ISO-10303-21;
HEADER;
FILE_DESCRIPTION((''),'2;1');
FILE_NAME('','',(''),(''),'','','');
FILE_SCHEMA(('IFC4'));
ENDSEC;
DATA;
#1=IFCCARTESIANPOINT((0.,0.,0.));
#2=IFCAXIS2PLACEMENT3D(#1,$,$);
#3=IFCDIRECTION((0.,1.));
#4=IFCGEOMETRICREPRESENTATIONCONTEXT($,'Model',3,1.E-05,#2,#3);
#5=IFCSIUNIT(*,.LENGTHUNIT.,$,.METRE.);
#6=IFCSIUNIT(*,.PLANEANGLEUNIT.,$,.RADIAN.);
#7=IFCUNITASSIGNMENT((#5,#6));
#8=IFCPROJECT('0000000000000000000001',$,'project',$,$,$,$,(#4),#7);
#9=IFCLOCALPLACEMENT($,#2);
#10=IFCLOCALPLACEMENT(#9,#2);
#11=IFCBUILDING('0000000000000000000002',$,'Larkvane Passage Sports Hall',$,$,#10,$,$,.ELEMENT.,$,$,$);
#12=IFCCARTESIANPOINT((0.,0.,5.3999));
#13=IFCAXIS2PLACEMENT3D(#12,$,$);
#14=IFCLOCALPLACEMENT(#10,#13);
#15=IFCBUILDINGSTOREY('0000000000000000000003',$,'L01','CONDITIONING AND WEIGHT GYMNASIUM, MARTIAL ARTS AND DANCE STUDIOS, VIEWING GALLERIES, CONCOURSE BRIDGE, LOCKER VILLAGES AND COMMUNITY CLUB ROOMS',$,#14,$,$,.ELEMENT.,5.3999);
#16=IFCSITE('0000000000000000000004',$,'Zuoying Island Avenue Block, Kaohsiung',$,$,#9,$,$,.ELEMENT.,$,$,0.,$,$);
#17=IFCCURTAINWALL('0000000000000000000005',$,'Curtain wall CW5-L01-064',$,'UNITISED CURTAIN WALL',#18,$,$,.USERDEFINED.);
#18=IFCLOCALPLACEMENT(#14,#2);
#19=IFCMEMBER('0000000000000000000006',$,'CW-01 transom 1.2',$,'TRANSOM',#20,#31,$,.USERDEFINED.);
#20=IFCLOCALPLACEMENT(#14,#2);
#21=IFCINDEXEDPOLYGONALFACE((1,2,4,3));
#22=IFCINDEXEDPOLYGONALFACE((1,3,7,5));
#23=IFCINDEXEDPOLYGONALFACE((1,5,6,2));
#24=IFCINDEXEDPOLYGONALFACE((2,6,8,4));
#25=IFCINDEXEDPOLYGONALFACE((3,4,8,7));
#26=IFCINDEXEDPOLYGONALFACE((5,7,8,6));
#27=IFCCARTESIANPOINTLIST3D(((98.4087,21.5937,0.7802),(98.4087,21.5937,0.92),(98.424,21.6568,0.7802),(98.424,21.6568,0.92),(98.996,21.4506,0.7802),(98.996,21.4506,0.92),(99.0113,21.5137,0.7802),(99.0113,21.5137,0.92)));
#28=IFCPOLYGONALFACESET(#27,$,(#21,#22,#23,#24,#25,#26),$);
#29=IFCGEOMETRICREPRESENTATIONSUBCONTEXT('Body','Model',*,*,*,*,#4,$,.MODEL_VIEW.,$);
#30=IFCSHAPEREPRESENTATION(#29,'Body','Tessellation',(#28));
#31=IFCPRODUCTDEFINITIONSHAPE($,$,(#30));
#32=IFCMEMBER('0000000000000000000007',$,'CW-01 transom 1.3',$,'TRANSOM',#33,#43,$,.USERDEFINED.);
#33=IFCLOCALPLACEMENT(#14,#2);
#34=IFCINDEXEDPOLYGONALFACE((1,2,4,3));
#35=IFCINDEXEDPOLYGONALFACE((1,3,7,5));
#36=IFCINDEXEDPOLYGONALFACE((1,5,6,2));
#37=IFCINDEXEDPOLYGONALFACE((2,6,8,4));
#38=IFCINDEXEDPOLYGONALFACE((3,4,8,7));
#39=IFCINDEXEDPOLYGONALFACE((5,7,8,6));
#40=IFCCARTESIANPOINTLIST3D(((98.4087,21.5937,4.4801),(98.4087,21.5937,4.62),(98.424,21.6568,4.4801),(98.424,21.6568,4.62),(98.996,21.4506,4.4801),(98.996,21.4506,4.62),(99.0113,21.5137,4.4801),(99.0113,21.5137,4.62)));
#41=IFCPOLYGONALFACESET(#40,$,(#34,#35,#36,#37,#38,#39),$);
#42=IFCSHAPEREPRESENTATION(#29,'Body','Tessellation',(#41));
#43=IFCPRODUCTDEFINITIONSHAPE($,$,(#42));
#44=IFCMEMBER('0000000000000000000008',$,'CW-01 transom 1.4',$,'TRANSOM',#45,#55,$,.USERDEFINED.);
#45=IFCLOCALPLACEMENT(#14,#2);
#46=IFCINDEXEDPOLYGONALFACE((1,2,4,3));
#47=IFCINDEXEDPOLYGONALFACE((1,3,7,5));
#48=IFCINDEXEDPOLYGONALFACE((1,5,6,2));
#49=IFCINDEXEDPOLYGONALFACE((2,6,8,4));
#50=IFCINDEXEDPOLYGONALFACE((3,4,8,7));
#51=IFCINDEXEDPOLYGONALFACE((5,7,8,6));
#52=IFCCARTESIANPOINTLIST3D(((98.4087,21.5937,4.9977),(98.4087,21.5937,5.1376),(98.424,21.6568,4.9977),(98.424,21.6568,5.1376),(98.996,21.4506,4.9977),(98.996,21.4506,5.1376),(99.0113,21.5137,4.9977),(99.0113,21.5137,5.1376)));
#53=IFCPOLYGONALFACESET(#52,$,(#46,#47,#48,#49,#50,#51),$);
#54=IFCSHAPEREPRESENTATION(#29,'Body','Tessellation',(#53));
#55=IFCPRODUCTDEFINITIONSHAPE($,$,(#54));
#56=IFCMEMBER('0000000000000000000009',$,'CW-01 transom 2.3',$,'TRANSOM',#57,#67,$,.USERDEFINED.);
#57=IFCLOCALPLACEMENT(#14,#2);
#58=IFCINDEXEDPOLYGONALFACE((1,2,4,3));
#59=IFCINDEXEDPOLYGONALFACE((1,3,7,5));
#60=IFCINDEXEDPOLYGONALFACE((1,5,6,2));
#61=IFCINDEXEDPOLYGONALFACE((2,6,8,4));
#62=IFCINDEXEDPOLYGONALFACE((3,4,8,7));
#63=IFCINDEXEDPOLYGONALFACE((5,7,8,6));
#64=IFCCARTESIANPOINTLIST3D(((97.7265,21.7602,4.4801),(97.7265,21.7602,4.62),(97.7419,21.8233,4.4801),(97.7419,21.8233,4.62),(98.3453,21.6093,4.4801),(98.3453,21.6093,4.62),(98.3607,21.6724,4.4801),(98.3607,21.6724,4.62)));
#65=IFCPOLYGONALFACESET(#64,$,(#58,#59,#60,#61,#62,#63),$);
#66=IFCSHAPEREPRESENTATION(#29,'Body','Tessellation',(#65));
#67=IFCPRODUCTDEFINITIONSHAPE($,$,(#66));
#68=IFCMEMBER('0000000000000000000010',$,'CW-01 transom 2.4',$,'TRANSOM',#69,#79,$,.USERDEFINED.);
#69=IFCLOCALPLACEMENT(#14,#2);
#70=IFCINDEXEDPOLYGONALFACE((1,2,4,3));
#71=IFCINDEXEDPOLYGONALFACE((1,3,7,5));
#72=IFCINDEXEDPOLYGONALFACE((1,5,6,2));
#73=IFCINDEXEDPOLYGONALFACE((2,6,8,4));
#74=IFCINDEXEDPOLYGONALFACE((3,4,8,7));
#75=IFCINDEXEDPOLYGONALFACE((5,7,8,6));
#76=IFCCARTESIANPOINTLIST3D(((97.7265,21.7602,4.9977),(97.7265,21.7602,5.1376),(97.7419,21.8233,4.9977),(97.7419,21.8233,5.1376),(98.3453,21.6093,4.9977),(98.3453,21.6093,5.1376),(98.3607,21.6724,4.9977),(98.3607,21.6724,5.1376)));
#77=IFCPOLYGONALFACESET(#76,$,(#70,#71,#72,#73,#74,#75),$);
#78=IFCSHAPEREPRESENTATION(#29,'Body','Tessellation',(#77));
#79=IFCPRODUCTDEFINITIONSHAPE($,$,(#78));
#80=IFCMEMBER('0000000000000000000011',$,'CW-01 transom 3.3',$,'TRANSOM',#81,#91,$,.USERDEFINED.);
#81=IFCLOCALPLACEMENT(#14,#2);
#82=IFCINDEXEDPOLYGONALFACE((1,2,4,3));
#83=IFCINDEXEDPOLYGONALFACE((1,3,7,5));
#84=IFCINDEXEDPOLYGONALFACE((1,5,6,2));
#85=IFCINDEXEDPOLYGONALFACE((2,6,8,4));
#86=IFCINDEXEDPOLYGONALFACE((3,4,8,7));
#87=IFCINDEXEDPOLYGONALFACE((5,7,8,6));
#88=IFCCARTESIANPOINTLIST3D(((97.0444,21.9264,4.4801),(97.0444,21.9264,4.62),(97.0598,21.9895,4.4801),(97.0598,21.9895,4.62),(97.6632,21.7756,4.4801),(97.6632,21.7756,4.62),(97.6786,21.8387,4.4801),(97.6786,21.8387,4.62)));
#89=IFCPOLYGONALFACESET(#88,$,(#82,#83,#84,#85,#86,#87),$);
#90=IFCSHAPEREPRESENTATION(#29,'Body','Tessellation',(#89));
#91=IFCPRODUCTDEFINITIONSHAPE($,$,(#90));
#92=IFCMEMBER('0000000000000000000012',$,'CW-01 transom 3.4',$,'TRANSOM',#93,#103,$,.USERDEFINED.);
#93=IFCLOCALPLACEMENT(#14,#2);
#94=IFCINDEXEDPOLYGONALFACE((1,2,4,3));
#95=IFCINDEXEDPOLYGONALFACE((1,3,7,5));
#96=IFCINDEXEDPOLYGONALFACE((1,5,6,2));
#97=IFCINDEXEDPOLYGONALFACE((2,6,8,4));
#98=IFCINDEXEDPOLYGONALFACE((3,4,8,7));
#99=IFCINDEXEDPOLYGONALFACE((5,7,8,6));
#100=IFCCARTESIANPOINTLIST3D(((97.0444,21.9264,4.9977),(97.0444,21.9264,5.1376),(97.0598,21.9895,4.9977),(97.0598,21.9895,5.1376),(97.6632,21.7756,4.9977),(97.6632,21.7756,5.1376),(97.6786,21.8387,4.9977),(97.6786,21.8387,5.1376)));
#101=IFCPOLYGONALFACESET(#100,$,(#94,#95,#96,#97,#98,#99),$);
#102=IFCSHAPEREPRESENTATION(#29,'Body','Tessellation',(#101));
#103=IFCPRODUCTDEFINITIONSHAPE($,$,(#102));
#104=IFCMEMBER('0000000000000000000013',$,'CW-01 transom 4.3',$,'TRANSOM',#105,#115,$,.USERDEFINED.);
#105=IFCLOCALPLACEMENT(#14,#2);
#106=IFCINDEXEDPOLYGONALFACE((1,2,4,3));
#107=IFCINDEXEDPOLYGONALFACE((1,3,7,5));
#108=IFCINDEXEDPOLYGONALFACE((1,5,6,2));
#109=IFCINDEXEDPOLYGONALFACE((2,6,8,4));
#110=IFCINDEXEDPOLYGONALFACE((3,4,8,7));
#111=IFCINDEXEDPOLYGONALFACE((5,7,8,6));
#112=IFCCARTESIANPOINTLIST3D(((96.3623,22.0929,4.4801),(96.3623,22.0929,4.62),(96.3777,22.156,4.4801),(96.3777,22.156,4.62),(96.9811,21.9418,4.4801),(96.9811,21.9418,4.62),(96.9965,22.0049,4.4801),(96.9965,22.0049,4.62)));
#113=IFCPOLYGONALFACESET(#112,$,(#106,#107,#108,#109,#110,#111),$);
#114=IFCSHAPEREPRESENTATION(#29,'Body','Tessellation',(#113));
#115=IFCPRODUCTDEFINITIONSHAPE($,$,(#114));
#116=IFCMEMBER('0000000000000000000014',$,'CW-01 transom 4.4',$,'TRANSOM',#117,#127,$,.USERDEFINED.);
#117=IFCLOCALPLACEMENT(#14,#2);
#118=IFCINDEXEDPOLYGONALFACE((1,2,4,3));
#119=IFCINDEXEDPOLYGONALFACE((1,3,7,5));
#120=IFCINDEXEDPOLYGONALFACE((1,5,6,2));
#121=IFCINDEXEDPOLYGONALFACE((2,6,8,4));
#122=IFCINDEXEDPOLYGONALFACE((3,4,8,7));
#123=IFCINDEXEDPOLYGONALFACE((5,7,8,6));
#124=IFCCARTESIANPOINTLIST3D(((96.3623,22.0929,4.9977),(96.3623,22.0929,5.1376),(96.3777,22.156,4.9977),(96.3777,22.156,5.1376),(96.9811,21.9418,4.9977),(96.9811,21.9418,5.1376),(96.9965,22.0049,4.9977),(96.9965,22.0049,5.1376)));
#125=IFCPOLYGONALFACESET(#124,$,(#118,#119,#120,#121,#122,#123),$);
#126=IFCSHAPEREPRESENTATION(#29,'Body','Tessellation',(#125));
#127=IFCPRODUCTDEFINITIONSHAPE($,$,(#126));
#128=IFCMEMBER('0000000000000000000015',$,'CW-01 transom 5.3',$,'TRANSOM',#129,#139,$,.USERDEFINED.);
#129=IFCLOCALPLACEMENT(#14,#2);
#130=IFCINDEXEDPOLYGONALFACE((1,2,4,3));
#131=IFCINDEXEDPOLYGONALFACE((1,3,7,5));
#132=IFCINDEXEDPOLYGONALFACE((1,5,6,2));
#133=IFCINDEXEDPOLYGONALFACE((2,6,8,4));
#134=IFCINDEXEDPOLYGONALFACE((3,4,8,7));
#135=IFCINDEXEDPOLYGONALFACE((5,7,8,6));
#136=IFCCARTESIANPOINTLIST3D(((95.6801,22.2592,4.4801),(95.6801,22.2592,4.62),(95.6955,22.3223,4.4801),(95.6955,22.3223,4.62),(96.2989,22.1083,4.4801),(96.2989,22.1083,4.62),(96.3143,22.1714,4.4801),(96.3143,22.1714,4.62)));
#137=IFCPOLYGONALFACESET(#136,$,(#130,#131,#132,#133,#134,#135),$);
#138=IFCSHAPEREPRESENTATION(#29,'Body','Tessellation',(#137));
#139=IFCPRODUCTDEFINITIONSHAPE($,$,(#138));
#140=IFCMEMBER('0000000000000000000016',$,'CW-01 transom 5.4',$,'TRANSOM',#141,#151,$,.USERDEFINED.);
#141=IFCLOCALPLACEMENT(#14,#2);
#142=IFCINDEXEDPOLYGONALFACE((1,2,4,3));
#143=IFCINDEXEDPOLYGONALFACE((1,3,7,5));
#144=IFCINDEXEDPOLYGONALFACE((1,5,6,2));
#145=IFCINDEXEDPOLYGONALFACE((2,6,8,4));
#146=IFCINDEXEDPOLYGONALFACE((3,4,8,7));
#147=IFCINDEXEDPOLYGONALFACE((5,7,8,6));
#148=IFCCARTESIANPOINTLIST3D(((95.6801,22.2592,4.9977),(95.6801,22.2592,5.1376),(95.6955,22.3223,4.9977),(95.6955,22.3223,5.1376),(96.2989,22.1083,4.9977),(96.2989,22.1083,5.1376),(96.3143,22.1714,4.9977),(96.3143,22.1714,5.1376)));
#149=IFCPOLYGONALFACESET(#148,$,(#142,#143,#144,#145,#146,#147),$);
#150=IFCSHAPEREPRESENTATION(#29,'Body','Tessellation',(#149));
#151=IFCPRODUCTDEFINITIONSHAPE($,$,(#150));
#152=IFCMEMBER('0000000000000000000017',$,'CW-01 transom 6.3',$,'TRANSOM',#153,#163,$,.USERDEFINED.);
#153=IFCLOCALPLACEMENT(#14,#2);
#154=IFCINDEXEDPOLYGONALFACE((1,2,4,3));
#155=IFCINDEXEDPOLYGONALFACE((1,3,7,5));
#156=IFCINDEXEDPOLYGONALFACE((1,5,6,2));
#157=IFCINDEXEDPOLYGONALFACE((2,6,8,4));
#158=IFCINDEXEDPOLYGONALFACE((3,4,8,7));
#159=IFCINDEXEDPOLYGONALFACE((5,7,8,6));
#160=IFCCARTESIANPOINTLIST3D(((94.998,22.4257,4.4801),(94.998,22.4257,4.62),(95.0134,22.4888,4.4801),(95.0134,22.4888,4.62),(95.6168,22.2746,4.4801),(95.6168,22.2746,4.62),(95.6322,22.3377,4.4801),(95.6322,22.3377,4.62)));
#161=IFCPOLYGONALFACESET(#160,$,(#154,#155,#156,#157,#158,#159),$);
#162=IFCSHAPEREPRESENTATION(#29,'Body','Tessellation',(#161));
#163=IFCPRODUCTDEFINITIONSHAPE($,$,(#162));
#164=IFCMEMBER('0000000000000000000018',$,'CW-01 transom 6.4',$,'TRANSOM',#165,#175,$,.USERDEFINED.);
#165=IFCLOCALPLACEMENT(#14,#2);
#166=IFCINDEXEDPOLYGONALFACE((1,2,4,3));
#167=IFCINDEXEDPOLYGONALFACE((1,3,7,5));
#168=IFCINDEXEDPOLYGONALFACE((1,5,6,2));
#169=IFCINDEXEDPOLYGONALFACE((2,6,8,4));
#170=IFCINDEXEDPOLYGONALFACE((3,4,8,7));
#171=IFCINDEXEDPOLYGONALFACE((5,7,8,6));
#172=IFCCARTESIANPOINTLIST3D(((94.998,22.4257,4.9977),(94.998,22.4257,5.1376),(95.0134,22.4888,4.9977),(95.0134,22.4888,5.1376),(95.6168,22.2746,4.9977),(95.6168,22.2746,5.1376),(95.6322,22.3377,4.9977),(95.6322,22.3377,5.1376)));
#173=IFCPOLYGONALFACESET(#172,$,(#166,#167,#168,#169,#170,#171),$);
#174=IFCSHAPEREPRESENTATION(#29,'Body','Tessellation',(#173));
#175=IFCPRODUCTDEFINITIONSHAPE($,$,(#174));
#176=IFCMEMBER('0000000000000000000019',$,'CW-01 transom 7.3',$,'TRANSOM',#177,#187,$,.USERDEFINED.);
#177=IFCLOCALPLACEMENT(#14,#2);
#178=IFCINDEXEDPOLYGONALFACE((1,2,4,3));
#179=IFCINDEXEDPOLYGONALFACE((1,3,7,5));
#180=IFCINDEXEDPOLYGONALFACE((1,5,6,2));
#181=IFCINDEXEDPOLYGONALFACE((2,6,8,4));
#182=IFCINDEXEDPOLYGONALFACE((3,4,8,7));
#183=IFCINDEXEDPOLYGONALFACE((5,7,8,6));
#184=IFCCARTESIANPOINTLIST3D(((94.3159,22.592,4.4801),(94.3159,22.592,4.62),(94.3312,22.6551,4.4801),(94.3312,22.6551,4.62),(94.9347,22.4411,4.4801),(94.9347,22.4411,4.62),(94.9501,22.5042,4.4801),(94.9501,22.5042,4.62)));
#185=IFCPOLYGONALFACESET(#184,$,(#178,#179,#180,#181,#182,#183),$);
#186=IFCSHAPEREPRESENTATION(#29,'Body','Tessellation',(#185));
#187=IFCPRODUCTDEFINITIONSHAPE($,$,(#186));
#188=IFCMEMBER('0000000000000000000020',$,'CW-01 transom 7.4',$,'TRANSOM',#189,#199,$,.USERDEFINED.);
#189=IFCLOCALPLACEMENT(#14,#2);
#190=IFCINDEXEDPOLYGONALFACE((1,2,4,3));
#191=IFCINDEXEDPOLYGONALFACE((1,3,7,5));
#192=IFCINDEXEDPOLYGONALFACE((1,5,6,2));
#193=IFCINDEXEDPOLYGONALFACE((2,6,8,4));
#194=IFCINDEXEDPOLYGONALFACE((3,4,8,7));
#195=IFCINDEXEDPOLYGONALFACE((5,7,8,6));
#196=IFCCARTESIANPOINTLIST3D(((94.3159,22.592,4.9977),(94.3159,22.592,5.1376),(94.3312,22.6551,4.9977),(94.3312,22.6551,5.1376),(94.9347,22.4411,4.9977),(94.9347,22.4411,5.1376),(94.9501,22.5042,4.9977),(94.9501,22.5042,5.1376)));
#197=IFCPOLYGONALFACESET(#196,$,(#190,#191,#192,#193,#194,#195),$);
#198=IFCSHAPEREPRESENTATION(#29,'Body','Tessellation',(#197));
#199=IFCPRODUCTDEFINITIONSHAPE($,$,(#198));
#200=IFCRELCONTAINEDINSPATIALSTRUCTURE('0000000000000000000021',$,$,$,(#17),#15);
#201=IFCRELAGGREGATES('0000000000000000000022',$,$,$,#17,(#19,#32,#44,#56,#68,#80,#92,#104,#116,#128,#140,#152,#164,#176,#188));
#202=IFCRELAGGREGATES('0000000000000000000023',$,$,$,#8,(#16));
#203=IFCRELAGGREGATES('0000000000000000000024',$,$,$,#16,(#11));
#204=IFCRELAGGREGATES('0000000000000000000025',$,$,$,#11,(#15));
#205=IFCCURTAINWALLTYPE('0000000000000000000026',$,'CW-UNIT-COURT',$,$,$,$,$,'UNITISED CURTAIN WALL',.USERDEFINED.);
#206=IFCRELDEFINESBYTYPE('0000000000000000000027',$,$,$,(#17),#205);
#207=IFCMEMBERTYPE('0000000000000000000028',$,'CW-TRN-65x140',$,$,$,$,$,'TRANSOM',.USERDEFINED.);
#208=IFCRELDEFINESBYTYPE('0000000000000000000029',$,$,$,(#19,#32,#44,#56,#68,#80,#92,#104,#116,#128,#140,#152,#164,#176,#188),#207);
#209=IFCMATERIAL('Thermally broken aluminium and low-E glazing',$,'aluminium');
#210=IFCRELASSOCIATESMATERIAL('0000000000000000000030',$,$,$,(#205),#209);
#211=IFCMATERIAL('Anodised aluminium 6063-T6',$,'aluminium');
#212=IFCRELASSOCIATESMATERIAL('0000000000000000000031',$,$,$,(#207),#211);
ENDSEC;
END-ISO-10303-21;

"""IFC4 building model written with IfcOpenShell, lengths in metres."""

from ifc_helpers import new_model, si_unit, direction, frame, origin, origin_2d, place, context, subcontext, project, spatial, rectangle, extrude, material, material_profile, profile_set, type_object, element, aggregate, save


model = new_model("IFC4")

# Units and contexts
model_context = context("Model", 3, precision=1e-05, world=origin(), true_north=direction((0.0, 1.0)))
body_context = subcontext(model_context, "Body", "Model", "MODEL_VIEW")
ifc_project = project(units=[si_unit("LENGTHUNIT", "METRE"), si_unit("PLANEANGLEUNIT", "RADIAN")], contexts=[model_context])

# Site, building, storey
site_placement = place(None, origin())
site = spatial("IfcSite", under=ifc_project, at=site_placement, Name="Zuoying Island Avenue Block, Kaohsiung", CompositionType="ELEMENT", RefElevation=0.0)
building_placement = place(site_placement, origin())
building = spatial("IfcBuilding", under=site, at=building_placement, Name="Larkvane Passage Sports Hall", CompositionType="ELEMENT")
storey_placement = place(building_placement, frame((0.0, 0.0, 5.3999)))
storey = spatial("IfcBuildingStorey", under=building, at=storey_placement, Name="L01", Description="CONDITIONING AND WEIGHT GYMNASIUM, MARTIAL ARTS AND DANCE STUDIOS, VIEWING GALLERIES, CONCOURSE BRIDGE, LOCKER VILLAGES AND COMMUNITY CLUB ROOMS", CompositionType="ELEMENT", Elevation=5.3999)

# Curtain wall, members
ifc_material_1 = material(Name="Thermally broken aluminium and low-E glazing", Category="aluminium")
curtain_wall_type = type_object("IfcCurtainWallType", Name="CW-UNIT-COURT", ElementType="UNITISED CURTAIN WALL", PredefinedType="USERDEFINED", material=ifc_material_1)
curtain_wall_placement = place(storey_placement, origin())
curtain_wall = element("IfcCurtainWall", 1, at=curtain_wall_placement, inside=storey, type_object=curtain_wall_type, Name="Curtain wall CW5-L01-064", ObjectType="UNITISED CURTAIN WALL", PredefinedType="USERDEFINED")
ifc_material_2 = material(Name="Anodised aluminium 6063-T6", Category="aluminium")
ifc_material_profile = material_profile(ifc_material_2, rectangle(XDim=0.0649, YDim=0.1399, at=origin_2d()), Name="ALU-TRN-65x140")
ifc_profile_set = profile_set([ifc_material_profile], Name="Anodised aluminium 6063-T6")
member_type = type_object("IfcMemberType", Name="CW-TRN-65x140", ElementType="TRANSOM", PredefinedType="USERDEFINED", material=ifc_profile_set)
member_1_placement = place(storey_placement, frame((99.0037, 21.4822, 0.8501), z_axis=(-0.971597, 0.23664, 0.0), x_axis=(-0.23664, -0.971597, 0.0)))
member_1 = element("IfcMember", 2, at=member_1_placement, type_object=member_type, Name="CW-01 transom 1.2", ObjectType="TRANSOM", PredefinedType="USERDEFINED", context=body_context, shape_type="SweptSolid", body=[
    extrude(rectangle(XDim=0.0649, YDim=0.1399, at=origin_2d()), origin(), (0.0, 0.0, 1.0), 0.6045),
])
member_2_placement = place(storey_placement, frame((99.0037, 21.4822, 4.55), z_axis=(-0.971597, 0.23664, 0.0), x_axis=(-0.23664, -0.971597, 0.0)))
member_2 = element("IfcMember", 3, at=member_2_placement, type_object=member_type, Name="CW-01 transom 1.3", ObjectType="TRANSOM", PredefinedType="USERDEFINED", context=body_context, shape_type="SweptSolid", body=[
    extrude(rectangle(XDim=0.0649, YDim=0.1399, at=origin_2d()), origin(), (0.0, 0.0, 1.0), 0.6045),
])
member_3_placement = place(storey_placement, frame((99.0037, 21.4822, 5.0676), z_axis=(-0.971597, 0.23664, 0.0), x_axis=(-0.23664, -0.971597, 0.0)))
member_3 = element("IfcMember", 4, at=member_3_placement, type_object=member_type, Name="CW-01 transom 1.4", ObjectType="TRANSOM", PredefinedType="USERDEFINED", context=body_context, shape_type="SweptSolid", body=[
    extrude(rectangle(XDim=0.0649, YDim=0.1399, at=origin_2d()), origin(), (0.0, 0.0, 1.0), 0.6045),
])
member_4_placement = place(storey_placement, frame((98.353, 21.6409, 4.55), z_axis=(-0.971546, 0.23685, 0.0), x_axis=(-0.23685, -0.971546, 0.0)))
member_4 = element("IfcMember", 5, at=member_4_placement, type_object=member_type, Name="CW-01 transom 2.3", ObjectType="TRANSOM", PredefinedType="USERDEFINED", context=body_context, shape_type="SweptSolid", body=[
    extrude(rectangle(XDim=0.0649, YDim=0.1399, at=origin_2d()), origin(), (0.0, 0.0, 1.0), 0.637),
])
member_5_placement = place(storey_placement, frame((98.353, 21.6409, 5.0676), z_axis=(-0.971546, 0.23685, 0.0), x_axis=(-0.23685, -0.971546, 0.0)))
member_5 = element("IfcMember", 6, at=member_5_placement, type_object=member_type, Name="CW-01 transom 2.4", ObjectType="TRANSOM", PredefinedType="USERDEFINED", context=body_context, shape_type="SweptSolid", body=[
    extrude(rectangle(XDim=0.0649, YDim=0.1399, at=origin_2d()), origin(), (0.0, 0.0, 1.0), 0.637),
])
member_6_placement = place(storey_placement, frame((97.6709, 21.8071, 4.55), z_axis=(-0.971546, 0.23685, 0.0), x_axis=(-0.23685, -0.971546, 0.0)))
member_6 = element("IfcMember", 7, at=member_6_placement, type_object=member_type, Name="CW-01 transom 3.3", ObjectType="TRANSOM", PredefinedType="USERDEFINED", context=body_context, shape_type="SweptSolid", body=[
    extrude(rectangle(XDim=0.0649, YDim=0.1399, at=origin_2d()), origin(), (0.0, 0.0, 1.0), 0.637),
])
member_7_placement = place(storey_placement, frame((97.6709, 21.8071, 5.0676), z_axis=(-0.971546, 0.23685, 0.0), x_axis=(-0.23685, -0.971546, 0.0)))
member_7 = element("IfcMember", 8, at=member_7_placement, type_object=member_type, Name="CW-01 transom 3.4", ObjectType="TRANSOM", PredefinedType="USERDEFINED", context=body_context, shape_type="SweptSolid", body=[
    extrude(rectangle(XDim=0.0649, YDim=0.1399, at=origin_2d()), origin(), (0.0, 0.0, 1.0), 0.637),
])
member_8_placement = place(storey_placement, frame((96.9888, 21.9734, 4.55), z_axis=(-0.971458, 0.237212, 0.0), x_axis=(-0.237212, -0.971458, 0.0)))
member_8 = element("IfcMember", 9, at=member_8_placement, type_object=member_type, Name="CW-01 transom 4.3", ObjectType="TRANSOM", PredefinedType="USERDEFINED", context=body_context, shape_type="SweptSolid", body=[
    extrude(rectangle(XDim=0.0649, YDim=0.1399, at=origin_2d()), origin(), (0.0, 0.0, 1.0), 0.637),
])
member_9_placement = place(storey_placement, frame((96.9888, 21.9734, 5.0676), z_axis=(-0.971458, 0.237212, 0.0), x_axis=(-0.237212, -0.971458, 0.0)))
member_9 = element("IfcMember", 10, at=member_9_placement, type_object=member_type, Name="CW-01 transom 4.4", ObjectType="TRANSOM", PredefinedType="USERDEFINED", context=body_context, shape_type="SweptSolid", body=[
    extrude(rectangle(XDim=0.0649, YDim=0.1399, at=origin_2d()), origin(), (0.0, 0.0, 1.0), 0.637),
])
member_10_placement = place(storey_placement, frame((96.3066, 22.1399, 4.55), z_axis=(-0.971546, 0.23685, 0.0), x_axis=(-0.23685, -0.971546, 0.0)))
member_10 = element("IfcMember", 11, at=member_10_placement, type_object=member_type, Name="CW-01 transom 5.3", ObjectType="TRANSOM", PredefinedType="USERDEFINED", context=body_context, shape_type="SweptSolid", body=[
    extrude(rectangle(XDim=0.0649, YDim=0.1399, at=origin_2d()), origin(), (0.0, 0.0, 1.0), 0.637),
])
member_11_placement = place(storey_placement, frame((96.3066, 22.1399, 5.0676), z_axis=(-0.971546, 0.23685, 0.0), x_axis=(-0.23685, -0.971546, 0.0)))
member_11 = element("IfcMember", 12, at=member_11_placement, type_object=member_type, Name="CW-01 transom 5.4", ObjectType="TRANSOM", PredefinedType="USERDEFINED", context=body_context, shape_type="SweptSolid", body=[
    extrude(rectangle(XDim=0.0649, YDim=0.1399, at=origin_2d()), origin(), (0.0, 0.0, 1.0), 0.637),
])
member_12_placement = place(storey_placement, frame((95.6245, 22.3062, 4.55), z_axis=(-0.971458, 0.237212, 0.0), x_axis=(-0.237212, -0.971458, 0.0)))
member_12 = element("IfcMember", 13, at=member_12_placement, type_object=member_type, Name="CW-01 transom 6.3", ObjectType="TRANSOM", PredefinedType="USERDEFINED", context=body_context, shape_type="SweptSolid", body=[
    extrude(rectangle(XDim=0.0649, YDim=0.1399, at=origin_2d()), origin(), (0.0, 0.0, 1.0), 0.637),
])
member_13_placement = place(storey_placement, frame((95.6245, 22.3062, 5.0676), z_axis=(-0.971458, 0.237212, 0.0), x_axis=(-0.237212, -0.971458, 0.0)))
member_13 = element("IfcMember", 14, at=member_13_placement, type_object=member_type, Name="CW-01 transom 6.4", ObjectType="TRANSOM", PredefinedType="USERDEFINED", context=body_context, shape_type="SweptSolid", body=[
    extrude(rectangle(XDim=0.0649, YDim=0.1399, at=origin_2d()), origin(), (0.0, 0.0, 1.0), 0.637),
])
member_14_placement = place(storey_placement, frame((94.9424, 22.4727, 4.55), z_axis=(-0.971546, 0.23685, 0.0), x_axis=(-0.23685, -0.971546, 0.0)))
member_14 = element("IfcMember", 15, at=member_14_placement, type_object=member_type, Name="CW-01 transom 7.3", ObjectType="TRANSOM", PredefinedType="USERDEFINED", context=body_context, shape_type="SweptSolid", body=[
    extrude(rectangle(XDim=0.0649, YDim=0.1399, at=origin_2d()), origin(), (0.0, 0.0, 1.0), 0.637),
])
member_15_placement = place(storey_placement, frame((94.9424, 22.4727, 5.0676), z_axis=(-0.971546, 0.23685, 0.0), x_axis=(-0.23685, -0.971546, 0.0)))
member_15 = element("IfcMember", 16, at=member_15_placement, type_object=member_type, Name="CW-01 transom 7.4", ObjectType="TRANSOM", PredefinedType="USERDEFINED", context=body_context, shape_type="SweptSolid", body=[
    extrude(rectangle(XDim=0.0649, YDim=0.1399, at=origin_2d()), origin(), (0.0, 0.0, 1.0), 0.637),
])
aggregate(curtain_wall, [member_1, member_2, member_3, member_4, member_5, member_6, member_7, member_8, member_9, member_10, member_11, member_12, member_13, member_14, member_15])

save(model, "model.ifc")
